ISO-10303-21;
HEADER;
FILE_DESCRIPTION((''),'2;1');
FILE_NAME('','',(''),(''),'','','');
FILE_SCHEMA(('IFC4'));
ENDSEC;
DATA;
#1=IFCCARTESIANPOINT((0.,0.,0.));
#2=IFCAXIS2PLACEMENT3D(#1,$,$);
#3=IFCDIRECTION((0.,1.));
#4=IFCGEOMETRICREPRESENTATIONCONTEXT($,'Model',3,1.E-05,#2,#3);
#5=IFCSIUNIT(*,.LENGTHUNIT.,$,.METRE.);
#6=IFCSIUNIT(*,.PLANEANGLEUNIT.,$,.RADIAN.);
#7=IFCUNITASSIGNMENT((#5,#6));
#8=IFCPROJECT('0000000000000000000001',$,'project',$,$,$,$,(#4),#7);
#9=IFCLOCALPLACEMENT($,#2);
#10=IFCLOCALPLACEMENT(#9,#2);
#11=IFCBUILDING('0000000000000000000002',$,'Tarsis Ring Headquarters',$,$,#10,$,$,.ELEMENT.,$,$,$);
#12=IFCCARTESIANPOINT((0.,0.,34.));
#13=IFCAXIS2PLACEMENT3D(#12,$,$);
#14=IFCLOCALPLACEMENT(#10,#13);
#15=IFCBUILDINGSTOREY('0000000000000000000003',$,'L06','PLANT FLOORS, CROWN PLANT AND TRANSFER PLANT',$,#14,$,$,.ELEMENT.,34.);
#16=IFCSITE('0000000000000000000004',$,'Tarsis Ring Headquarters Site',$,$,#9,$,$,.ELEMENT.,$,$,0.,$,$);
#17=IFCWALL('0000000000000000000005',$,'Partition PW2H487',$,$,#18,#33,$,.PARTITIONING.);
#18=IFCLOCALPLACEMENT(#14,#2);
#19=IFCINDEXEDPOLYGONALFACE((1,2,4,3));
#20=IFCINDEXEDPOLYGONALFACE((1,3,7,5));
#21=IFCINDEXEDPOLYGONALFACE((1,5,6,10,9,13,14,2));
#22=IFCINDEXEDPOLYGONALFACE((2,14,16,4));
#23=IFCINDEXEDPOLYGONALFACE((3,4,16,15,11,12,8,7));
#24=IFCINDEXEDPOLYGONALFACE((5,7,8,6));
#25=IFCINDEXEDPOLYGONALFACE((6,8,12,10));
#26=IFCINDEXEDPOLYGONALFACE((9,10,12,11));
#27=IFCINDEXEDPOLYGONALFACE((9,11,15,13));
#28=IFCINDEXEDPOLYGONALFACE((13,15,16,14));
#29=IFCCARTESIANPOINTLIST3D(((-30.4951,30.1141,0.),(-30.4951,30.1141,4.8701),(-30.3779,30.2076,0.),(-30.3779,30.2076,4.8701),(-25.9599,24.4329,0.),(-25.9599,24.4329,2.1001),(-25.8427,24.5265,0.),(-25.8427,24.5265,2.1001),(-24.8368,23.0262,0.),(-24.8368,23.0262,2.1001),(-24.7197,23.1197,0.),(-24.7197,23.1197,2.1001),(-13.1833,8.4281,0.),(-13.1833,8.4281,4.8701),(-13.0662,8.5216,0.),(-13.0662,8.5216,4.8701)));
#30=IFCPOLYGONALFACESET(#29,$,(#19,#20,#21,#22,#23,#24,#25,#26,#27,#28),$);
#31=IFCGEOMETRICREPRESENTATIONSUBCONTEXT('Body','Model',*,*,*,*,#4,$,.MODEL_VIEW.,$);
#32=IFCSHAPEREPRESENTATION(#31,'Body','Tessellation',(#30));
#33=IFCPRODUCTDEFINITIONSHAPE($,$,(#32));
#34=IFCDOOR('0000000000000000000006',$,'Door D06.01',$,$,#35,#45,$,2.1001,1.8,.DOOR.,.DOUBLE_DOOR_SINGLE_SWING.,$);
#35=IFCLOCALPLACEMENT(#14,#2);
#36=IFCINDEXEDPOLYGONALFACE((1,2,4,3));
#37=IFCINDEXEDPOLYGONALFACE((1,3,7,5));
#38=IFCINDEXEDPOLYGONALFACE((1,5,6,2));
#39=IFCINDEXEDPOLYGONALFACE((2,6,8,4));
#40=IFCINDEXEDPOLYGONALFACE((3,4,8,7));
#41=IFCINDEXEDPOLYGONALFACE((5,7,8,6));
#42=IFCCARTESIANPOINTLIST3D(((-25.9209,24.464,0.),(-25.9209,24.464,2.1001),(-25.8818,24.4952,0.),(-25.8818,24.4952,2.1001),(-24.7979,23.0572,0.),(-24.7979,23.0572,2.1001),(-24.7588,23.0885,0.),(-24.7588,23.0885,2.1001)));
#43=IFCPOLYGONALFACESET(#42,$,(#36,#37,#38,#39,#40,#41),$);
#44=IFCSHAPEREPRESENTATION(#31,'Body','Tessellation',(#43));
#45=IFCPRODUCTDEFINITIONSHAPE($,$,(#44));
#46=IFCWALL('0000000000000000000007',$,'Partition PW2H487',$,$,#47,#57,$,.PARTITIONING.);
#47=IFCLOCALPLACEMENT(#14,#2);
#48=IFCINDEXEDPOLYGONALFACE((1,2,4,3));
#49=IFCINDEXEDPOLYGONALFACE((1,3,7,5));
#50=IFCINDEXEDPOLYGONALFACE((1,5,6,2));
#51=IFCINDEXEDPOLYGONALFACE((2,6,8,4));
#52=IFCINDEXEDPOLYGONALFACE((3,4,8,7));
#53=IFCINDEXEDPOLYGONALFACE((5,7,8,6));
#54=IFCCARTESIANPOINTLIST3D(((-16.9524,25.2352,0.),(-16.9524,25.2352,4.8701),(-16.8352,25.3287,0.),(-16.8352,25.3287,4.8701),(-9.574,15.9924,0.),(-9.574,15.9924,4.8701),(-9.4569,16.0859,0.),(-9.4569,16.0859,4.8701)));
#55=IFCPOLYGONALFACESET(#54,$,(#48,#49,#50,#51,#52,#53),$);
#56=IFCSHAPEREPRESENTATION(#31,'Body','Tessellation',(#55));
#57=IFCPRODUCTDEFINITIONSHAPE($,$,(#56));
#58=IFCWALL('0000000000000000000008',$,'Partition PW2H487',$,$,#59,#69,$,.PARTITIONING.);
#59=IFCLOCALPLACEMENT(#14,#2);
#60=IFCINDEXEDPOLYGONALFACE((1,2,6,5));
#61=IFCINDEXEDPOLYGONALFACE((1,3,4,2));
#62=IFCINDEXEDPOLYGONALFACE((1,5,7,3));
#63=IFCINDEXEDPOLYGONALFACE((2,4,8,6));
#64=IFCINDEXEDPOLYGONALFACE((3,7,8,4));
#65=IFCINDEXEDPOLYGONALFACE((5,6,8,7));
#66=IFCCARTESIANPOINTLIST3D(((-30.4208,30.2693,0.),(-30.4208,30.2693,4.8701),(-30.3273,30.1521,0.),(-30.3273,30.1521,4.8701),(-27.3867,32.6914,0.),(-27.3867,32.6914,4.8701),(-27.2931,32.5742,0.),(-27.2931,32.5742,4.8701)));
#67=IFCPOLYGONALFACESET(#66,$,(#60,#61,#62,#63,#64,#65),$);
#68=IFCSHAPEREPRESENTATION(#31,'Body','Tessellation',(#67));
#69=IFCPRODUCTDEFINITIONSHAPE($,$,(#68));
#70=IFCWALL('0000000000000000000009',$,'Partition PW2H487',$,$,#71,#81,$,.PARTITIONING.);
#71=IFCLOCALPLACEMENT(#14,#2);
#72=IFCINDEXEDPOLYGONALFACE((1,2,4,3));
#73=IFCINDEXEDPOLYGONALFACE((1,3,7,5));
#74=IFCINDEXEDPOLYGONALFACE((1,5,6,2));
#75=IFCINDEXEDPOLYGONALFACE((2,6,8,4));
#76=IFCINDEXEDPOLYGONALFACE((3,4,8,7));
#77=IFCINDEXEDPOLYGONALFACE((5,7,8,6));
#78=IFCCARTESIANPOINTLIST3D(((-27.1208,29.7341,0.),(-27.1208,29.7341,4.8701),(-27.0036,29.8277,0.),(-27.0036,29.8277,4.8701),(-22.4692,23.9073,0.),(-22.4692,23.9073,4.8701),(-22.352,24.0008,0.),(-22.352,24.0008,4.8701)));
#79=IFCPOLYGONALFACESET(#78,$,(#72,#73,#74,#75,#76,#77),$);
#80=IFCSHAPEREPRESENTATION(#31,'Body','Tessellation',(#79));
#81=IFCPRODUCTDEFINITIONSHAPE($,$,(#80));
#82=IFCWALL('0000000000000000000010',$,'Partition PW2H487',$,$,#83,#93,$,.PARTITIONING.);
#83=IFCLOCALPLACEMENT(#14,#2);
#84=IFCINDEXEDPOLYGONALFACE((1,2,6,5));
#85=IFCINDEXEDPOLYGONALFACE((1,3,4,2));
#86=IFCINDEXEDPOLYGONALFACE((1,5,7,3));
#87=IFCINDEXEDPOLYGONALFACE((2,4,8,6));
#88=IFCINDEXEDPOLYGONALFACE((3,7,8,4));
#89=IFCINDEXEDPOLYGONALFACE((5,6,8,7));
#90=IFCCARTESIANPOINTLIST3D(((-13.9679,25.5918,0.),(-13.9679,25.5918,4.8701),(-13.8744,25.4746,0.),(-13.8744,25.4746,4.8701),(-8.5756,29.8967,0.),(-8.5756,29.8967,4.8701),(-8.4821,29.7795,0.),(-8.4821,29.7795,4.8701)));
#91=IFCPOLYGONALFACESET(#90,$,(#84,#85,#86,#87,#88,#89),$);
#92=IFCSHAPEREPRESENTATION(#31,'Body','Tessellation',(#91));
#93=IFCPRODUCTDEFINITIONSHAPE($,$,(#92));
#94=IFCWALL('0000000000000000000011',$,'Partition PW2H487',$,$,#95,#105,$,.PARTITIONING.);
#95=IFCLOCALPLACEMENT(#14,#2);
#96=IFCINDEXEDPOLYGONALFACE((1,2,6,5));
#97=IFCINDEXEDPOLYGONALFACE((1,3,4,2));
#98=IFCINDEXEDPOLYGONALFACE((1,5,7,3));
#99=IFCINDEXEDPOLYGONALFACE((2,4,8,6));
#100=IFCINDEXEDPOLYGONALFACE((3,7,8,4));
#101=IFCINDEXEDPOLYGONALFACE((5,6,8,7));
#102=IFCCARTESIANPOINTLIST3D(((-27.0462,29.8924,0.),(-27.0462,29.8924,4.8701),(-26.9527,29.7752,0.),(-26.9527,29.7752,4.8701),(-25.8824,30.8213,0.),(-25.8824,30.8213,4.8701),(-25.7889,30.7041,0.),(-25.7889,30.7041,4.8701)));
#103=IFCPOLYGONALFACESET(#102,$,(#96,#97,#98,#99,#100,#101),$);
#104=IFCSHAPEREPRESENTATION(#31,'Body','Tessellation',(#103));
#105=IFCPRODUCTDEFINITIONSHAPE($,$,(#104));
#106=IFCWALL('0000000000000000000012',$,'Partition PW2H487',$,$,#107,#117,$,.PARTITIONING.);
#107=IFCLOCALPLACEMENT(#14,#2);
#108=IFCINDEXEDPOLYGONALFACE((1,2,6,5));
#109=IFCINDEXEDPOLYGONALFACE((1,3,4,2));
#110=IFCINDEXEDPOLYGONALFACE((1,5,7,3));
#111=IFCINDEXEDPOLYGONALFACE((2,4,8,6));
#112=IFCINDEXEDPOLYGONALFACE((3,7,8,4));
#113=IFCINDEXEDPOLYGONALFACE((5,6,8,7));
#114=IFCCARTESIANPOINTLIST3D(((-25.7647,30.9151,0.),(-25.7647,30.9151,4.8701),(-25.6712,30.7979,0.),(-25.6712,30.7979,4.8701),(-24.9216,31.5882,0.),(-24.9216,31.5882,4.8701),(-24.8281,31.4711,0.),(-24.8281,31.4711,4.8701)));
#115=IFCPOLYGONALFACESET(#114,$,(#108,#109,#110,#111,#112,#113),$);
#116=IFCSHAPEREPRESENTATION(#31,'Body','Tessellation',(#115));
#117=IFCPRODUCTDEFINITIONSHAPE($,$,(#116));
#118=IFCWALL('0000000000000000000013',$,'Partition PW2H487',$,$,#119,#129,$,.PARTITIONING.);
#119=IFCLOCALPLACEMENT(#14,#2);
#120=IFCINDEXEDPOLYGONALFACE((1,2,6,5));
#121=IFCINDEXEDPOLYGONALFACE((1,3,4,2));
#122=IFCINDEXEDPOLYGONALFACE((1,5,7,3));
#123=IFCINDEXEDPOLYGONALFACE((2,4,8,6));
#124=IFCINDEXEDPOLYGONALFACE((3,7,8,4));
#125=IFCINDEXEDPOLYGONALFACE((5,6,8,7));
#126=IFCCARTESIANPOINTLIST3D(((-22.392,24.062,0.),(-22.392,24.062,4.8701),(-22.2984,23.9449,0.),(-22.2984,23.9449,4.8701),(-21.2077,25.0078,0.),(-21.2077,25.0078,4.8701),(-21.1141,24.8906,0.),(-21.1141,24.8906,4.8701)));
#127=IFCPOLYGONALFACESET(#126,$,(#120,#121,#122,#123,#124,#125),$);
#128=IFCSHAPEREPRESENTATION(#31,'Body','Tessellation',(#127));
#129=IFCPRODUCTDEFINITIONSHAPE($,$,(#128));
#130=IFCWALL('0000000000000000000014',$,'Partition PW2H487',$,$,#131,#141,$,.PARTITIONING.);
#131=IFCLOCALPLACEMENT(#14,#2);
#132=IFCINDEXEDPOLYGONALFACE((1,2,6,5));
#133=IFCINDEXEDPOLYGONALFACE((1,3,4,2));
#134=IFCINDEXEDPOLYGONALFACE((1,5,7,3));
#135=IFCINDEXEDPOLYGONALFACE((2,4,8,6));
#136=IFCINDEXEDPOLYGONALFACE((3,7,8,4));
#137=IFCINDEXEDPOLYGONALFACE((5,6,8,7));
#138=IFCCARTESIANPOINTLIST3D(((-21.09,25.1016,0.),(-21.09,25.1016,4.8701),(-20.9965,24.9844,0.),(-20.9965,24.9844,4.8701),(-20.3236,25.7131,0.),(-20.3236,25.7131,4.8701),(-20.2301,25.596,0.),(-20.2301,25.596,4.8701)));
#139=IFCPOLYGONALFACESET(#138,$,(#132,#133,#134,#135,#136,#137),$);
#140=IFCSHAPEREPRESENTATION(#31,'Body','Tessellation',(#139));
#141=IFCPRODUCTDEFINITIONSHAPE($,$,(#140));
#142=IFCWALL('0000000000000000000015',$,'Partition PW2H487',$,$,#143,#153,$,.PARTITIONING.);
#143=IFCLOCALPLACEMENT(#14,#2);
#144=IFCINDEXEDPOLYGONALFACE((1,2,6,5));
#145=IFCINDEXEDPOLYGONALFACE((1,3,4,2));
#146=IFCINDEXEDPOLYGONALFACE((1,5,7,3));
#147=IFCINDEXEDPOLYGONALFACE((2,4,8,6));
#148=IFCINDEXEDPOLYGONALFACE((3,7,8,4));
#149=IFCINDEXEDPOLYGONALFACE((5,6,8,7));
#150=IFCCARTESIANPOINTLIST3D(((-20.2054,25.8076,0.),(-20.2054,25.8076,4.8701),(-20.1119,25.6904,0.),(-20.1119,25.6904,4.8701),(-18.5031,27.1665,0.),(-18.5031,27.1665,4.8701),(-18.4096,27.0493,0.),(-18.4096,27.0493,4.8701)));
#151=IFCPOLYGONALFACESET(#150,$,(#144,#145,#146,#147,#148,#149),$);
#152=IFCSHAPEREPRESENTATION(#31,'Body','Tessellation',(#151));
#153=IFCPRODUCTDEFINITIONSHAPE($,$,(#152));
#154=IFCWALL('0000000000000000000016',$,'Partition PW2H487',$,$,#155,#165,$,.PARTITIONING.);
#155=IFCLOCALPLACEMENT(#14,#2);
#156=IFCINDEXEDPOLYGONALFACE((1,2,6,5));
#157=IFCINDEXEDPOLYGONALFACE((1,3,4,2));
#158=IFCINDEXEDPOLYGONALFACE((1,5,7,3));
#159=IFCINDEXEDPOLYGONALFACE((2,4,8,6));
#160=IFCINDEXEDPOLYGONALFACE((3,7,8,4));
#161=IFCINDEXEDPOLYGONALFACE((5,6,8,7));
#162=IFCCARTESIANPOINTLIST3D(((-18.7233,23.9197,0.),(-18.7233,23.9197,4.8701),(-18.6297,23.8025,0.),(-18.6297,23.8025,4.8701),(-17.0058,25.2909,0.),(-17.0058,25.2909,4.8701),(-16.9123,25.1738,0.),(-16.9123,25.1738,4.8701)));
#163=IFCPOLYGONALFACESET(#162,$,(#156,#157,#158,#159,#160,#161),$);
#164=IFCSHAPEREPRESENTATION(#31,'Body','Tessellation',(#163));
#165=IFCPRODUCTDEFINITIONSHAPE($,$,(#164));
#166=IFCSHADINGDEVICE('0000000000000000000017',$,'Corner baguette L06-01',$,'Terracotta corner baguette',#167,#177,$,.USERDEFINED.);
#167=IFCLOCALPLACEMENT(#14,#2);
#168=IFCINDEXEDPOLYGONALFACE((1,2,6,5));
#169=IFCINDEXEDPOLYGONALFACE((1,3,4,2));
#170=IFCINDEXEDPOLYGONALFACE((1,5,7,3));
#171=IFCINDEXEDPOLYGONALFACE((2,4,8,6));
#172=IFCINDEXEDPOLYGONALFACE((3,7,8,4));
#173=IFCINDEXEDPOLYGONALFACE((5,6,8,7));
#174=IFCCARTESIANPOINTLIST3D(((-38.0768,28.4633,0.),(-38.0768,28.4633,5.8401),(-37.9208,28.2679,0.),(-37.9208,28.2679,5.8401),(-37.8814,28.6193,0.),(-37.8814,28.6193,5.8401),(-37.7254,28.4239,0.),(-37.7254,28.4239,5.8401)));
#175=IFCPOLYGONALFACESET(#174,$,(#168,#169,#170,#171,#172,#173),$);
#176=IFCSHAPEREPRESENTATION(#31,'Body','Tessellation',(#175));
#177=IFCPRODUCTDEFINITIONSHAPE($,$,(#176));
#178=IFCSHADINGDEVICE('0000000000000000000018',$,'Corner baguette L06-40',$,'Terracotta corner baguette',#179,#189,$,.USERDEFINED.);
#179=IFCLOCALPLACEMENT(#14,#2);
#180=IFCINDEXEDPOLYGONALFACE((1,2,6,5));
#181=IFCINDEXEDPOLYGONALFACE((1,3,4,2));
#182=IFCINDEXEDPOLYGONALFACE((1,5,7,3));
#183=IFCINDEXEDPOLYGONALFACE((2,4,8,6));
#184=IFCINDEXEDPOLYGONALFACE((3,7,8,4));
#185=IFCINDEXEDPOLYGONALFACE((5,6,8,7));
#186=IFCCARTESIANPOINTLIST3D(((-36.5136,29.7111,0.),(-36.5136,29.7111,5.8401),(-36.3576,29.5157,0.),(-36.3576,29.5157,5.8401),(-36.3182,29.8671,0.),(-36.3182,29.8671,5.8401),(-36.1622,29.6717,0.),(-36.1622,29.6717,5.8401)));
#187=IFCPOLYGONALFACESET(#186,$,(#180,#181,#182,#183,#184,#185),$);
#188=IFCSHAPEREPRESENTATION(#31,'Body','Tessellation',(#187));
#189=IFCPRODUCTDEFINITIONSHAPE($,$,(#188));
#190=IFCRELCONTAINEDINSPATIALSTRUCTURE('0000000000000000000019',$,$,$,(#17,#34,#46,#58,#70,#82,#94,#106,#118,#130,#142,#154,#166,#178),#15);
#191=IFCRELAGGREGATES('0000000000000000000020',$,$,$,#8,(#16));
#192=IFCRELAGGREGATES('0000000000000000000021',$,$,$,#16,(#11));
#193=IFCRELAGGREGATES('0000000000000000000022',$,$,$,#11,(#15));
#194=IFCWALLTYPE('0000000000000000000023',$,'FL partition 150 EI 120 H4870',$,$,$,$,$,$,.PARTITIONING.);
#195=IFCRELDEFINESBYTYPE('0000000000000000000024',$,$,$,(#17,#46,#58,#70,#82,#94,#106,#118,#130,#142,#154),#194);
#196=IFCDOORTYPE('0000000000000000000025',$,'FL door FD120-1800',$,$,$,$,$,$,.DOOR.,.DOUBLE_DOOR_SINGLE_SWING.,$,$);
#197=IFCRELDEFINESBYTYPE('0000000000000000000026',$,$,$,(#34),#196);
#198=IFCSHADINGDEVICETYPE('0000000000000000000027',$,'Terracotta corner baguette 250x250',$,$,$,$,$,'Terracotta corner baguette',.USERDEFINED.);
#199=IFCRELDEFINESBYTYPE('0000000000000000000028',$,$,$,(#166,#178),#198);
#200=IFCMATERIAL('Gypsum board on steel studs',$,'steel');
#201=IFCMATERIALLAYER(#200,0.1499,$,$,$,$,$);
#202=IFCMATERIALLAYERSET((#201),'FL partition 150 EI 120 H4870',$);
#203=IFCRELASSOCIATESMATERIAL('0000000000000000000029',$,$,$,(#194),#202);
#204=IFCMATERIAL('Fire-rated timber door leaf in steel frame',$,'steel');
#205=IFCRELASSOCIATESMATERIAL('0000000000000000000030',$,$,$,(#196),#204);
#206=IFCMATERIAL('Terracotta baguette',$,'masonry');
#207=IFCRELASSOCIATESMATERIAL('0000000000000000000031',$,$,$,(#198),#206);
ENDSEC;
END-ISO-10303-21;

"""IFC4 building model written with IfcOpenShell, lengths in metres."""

from ifc_helpers import new_model, si_unit, direction, frame, frame_2d, origin, origin_2d, place, context, subcontext, project, spatial, rectangle, extrude, material, layer, layer_set, type_object, element, fill, save


model = new_model("IFC4")

# Units and contexts
model_context = context("Model", 3, precision=1e-05, world=origin(), true_north=direction((0.0, 1.0)))
body_context = subcontext(model_context, "Body", "Model", "MODEL_VIEW")
ifc_project = project(units=[si_unit("LENGTHUNIT", "METRE"), si_unit("PLANEANGLEUNIT", "RADIAN")], contexts=[model_context])

# Site, building, storey
site_placement = place(None, origin())
site = spatial("IfcSite", under=ifc_project, at=site_placement, Name="Tarsis Ring Headquarters Site", CompositionType="ELEMENT", RefElevation=0.0)
building_placement = place(site_placement, origin())
building = spatial("IfcBuilding", under=site, at=building_placement, Name="Tarsis Ring Headquarters", CompositionType="ELEMENT")
storey_placement = place(building_placement, frame((0.0, 0.0, 34.0)))
storey = spatial("IfcBuildingStorey", under=building, at=storey_placement, Name="L06", Description="PLANT FLOORS, CROWN PLANT AND TRANSFER PLANT", CompositionType="ELEMENT", Elevation=34.0)

# Wall, opening, door
ifc_material_1 = material(Name="Gypsum board on steel studs", Category="steel")
ifc_layer = layer(ifc_material_1, 0.1499)
ifc_layer_set = layer_set([ifc_layer], Name="FL partition 150 EI 120 H4870")
wall_type = type_object("IfcWallType", Name="FL partition 150 EI 120 H4870", PredefinedType="PARTITIONING", material=ifc_layer_set)
wall_1_placement = place(storey_placement, frame((-30.4365, 30.1609, 0.0), z_axis=(0.0, 0.0, 1.0), x_axis=(0.62388, -0.78152, 0.0)))
wall_1 = element("IfcWall", 1, at=wall_1_placement, inside=storey, type_object=wall_type, Name="Partition PW2H487", PredefinedType="PARTITIONING", context=body_context, shape_type="SweptSolid", body=[
    extrude(rectangle(XDim=27.7485, YDim=0.1499, at=frame_2d((13.8743, 0.0))), origin(), (0.0, 0.0, 1.0), 4.8701),
])
opening_placement = place(wall_1_placement, frame((7.2695, 0.0, 0.0)))
opening = element("IfcOpeningElement", 2, at=opening_placement, cuts=wall_1, PredefinedType="OPENING", context=body_context, shape_type="SweptSolid", body=[
    extrude(rectangle(XDim=1.8, YDim=2.1001, at=frame_2d((0.8999, 1.05))), frame((0.0, 0.085, 0.0), z_axis=(0.0, -1.0, 0.0), x_axis=(1.0, 0.0, 0.0)), (0.0, 0.0, 1.0), 0.1699),
])
ifc_material_2 = material(Name="Fire-rated timber door leaf in steel frame", Category="steel")
door_type = type_object("IfcDoorType", Name="FL door FD120-1800", OperationType="DOUBLE_DOOR_SINGLE_SWING", PredefinedType="DOOR", material=ifc_material_2)
door_placement = place(opening_placement, origin())
door = element("IfcDoor", 3, at=door_placement, inside=storey, type_object=door_type, Name="Door D06.01", OperationType="DOUBLE_DOOR_SINGLE_SWING", OverallHeight=2.1001, OverallWidth=1.8, PredefinedType="DOOR", context=body_context, shape_type="SweptSolid", body=[
    extrude(rectangle(XDim=1.8, YDim=2.1001, at=frame_2d((0.8999, 1.05))), frame((0.0, 0.0249, 0.0), z_axis=(0.0, -1.0, 0.0), x_axis=(1.0, 0.0, 0.0)), (0.0, 0.0, 1.0), 0.05),
])
fill(opening, door)

# Walls
wall_2_placement = place(storey_placement, frame((-16.8938, 25.282, 0.0), z_axis=(0.0, 0.0, 1.0), x_axis=(0.623874, -0.781525, 0.0)))
element("IfcWall", 4, at=wall_2_placement, inside=storey, type_object=wall_type, Name="Partition PW2H487", PredefinedType="PARTITIONING", context=body_context, shape_type="SweptSolid", body=[
    extrude(rectangle(XDim=11.8267, YDim=0.1499, at=frame_2d((5.9133, 0.0))), origin(), (0.0, 0.0, 1.0), 4.8701),
])
wall_3_placement = place(storey_placement, frame((-30.374, 30.2107, 0.0), z_axis=(0.0, 0.0, 1.0), x_axis=(0.781525, 0.623874, 0.0)))
element("IfcWall", 5, at=wall_3_placement, inside=storey, type_object=wall_type, Name="Partition PW2H487", PredefinedType="PARTITIONING", context=body_context, shape_type="SweptSolid", body=[
    extrude(rectangle(XDim=3.8823, YDim=0.1499, at=frame_2d((1.9412, 0.0))), origin(), (0.0, 0.0, 1.0), 4.8701),
])
wall_4_placement = place(storey_placement, frame((-27.0623, 29.781, 0.0), z_axis=(0.0, 0.0, 1.0), x_axis=(0.623884, -0.781517, 0.0)))
element("IfcWall", 6, at=wall_4_placement, inside=storey, type_object=wall_type, Name="Partition PW2H487", PredefinedType="PARTITIONING", context=body_context, shape_type="SweptSolid", body=[
    extrude(rectangle(XDim=7.4558, YDim=0.1499, at=frame_2d((3.728, 0.0))), origin(), (0.0, 0.0, 1.0), 4.8701),
])
wall_5_placement = place(storey_placement, frame((-13.9211, 25.5332, 0.0), z_axis=(0.0, 0.0, 1.0), x_axis=(0.7815, 0.623905, 0.0)))
element("IfcWall", 7, at=wall_5_placement, inside=storey, type_object=wall_type, Name="Partition PW2H487", PredefinedType="PARTITIONING", context=body_context, shape_type="SweptSolid", body=[
    extrude(rectangle(XDim=6.8999, YDim=0.1499, at=frame_2d((3.45, 0.0))), origin(), (0.0, 0.0, 1.0), 4.8701),
])
wall_6_placement = place(storey_placement, frame((-26.9995, 29.8337, 0.0), z_axis=(0.0, 0.0, 1.0), x_axis=(0.781556, 0.623835, 0.0)))
element("IfcWall", 8, at=wall_6_placement, inside=storey, type_object=wall_type, Name="Partition PW2H487", PredefinedType="PARTITIONING", context=body_context, shape_type="SweptSolid", body=[
    extrude(rectangle(XDim=1.489, YDim=0.1499, at=frame_2d((0.7446, 0.0))), origin(), (0.0, 0.0, 1.0), 4.8701),
])
wall_7_placement = place(storey_placement, frame((-25.718, 30.8564, 0.0), z_axis=(0.0, 0.0, 1.0), x_axis=(0.781465, 0.62395, 0.0)))
element("IfcWall", 9, at=wall_7_placement, inside=storey, type_object=wall_type, Name="Partition PW2H487", PredefinedType="PARTITIONING", context=body_context, shape_type="SweptSolid", body=[
    extrude(rectangle(XDim=1.0789, YDim=0.1499, at=frame_2d((0.5396, 0.0))), origin(), (0.0, 0.0, 1.0), 4.8701),
])
wall_8_placement = place(storey_placement, frame((-22.3452, 24.0034, 0.0), z_axis=(0.0, 0.0, 1.0), x_axis=(0.781403, 0.624027, 0.0)))
element("IfcWall", 10, at=wall_8_placement, inside=storey, type_object=wall_type, Name="Partition PW2H487", PredefinedType="PARTITIONING", context=body_context, shape_type="SweptSolid", body=[
    extrude(rectangle(XDim=1.5156, YDim=0.1499, at=frame_2d((0.7578, 0.0))), origin(), (0.0, 0.0, 1.0), 4.8701),
])
wall_9_placement = place(storey_placement, frame((-21.0432, 25.043, 0.0), z_axis=(0.0, 0.0, 1.0), x_axis=(0.781621, 0.623753, 0.0)))
element("IfcWall", 11, at=wall_9_placement, inside=storey, type_object=wall_type, Name="Partition PW2H487", PredefinedType="PARTITIONING", context=body_context, shape_type="SweptSolid", body=[
    extrude(rectangle(XDim=0.9805, YDim=0.1499, at=frame_2d((0.4902, 0.0))), origin(), (0.0, 0.0, 1.0), 4.8701),
])
wall_10_placement = place(storey_placement, frame((-20.1587, 25.749, 0.0), z_axis=(0.0, 0.0, 1.0), x_axis=(0.781546, 0.623847, 0.0)))
element("IfcWall", 12, at=wall_10_placement, inside=storey, type_object=wall_type, Name="Partition PW2H487", PredefinedType="PARTITIONING", context=body_context, shape_type="SweptSolid", body=[
    extrude(rectangle(XDim=2.1782, YDim=0.1499, at=frame_2d((1.0891, 0.0))), origin(), (0.0, 0.0, 1.0), 4.8701),
])
wall_11_placement = place(storey_placement, frame((-18.6765, 23.8611, 0.0), z_axis=(0.0, 0.0, 1.0), x_axis=(0.781465, 0.62395, 0.0)))
element("IfcWall", 13, at=wall_11_placement, inside=storey, type_object=wall_type, Name="Partition PW2H487", PredefinedType="PARTITIONING", context=body_context, shape_type="SweptSolid", body=[
    extrude(rectangle(XDim=2.1978, YDim=0.1499, at=frame_2d((1.0989, 0.0))), origin(), (0.0, 0.0, 1.0), 4.8701),
])

# Shading devices
ifc_material_3 = material(Name="Terracotta baguette", Category="masonry")
shading_device_type_1 = type_object("IfcShadingDeviceType", Name="Terracotta corner baguette 250x250", ElementType="Terracotta corner baguette", PredefinedType="USERDEFINED", material=ifc_material_3)
for number, where, z_axis, x_axis, name in (
    (14, (-37.9011, 28.4436, 0.0), (0.0, 0.0, 1.0), (-0.781521, -0.62388, 0.0), "Corner baguette L06-01"),
    (15, (-36.3379, 29.6914, 0.0), (0.0, 0.0, 1.0), (0.62388, -0.78152, 0.0), "Corner baguette L06-40"),
):
    element("IfcShadingDevice", number, at=place(storey_placement, frame(where, z_axis=z_axis, x_axis=x_axis)), inside=storey, type_object=shading_device_type_1, Name=name, ObjectType="Terracotta corner baguette", PredefinedType="USERDEFINED", context=body_context, shape_type="SweptSolid", body=[
        extrude(rectangle(XDim=0.25, YDim=0.25, at=origin_2d()), origin(), (0.0, 0.0, 1.0), 5.8401),
    ])

save(model, "model.ifc")
